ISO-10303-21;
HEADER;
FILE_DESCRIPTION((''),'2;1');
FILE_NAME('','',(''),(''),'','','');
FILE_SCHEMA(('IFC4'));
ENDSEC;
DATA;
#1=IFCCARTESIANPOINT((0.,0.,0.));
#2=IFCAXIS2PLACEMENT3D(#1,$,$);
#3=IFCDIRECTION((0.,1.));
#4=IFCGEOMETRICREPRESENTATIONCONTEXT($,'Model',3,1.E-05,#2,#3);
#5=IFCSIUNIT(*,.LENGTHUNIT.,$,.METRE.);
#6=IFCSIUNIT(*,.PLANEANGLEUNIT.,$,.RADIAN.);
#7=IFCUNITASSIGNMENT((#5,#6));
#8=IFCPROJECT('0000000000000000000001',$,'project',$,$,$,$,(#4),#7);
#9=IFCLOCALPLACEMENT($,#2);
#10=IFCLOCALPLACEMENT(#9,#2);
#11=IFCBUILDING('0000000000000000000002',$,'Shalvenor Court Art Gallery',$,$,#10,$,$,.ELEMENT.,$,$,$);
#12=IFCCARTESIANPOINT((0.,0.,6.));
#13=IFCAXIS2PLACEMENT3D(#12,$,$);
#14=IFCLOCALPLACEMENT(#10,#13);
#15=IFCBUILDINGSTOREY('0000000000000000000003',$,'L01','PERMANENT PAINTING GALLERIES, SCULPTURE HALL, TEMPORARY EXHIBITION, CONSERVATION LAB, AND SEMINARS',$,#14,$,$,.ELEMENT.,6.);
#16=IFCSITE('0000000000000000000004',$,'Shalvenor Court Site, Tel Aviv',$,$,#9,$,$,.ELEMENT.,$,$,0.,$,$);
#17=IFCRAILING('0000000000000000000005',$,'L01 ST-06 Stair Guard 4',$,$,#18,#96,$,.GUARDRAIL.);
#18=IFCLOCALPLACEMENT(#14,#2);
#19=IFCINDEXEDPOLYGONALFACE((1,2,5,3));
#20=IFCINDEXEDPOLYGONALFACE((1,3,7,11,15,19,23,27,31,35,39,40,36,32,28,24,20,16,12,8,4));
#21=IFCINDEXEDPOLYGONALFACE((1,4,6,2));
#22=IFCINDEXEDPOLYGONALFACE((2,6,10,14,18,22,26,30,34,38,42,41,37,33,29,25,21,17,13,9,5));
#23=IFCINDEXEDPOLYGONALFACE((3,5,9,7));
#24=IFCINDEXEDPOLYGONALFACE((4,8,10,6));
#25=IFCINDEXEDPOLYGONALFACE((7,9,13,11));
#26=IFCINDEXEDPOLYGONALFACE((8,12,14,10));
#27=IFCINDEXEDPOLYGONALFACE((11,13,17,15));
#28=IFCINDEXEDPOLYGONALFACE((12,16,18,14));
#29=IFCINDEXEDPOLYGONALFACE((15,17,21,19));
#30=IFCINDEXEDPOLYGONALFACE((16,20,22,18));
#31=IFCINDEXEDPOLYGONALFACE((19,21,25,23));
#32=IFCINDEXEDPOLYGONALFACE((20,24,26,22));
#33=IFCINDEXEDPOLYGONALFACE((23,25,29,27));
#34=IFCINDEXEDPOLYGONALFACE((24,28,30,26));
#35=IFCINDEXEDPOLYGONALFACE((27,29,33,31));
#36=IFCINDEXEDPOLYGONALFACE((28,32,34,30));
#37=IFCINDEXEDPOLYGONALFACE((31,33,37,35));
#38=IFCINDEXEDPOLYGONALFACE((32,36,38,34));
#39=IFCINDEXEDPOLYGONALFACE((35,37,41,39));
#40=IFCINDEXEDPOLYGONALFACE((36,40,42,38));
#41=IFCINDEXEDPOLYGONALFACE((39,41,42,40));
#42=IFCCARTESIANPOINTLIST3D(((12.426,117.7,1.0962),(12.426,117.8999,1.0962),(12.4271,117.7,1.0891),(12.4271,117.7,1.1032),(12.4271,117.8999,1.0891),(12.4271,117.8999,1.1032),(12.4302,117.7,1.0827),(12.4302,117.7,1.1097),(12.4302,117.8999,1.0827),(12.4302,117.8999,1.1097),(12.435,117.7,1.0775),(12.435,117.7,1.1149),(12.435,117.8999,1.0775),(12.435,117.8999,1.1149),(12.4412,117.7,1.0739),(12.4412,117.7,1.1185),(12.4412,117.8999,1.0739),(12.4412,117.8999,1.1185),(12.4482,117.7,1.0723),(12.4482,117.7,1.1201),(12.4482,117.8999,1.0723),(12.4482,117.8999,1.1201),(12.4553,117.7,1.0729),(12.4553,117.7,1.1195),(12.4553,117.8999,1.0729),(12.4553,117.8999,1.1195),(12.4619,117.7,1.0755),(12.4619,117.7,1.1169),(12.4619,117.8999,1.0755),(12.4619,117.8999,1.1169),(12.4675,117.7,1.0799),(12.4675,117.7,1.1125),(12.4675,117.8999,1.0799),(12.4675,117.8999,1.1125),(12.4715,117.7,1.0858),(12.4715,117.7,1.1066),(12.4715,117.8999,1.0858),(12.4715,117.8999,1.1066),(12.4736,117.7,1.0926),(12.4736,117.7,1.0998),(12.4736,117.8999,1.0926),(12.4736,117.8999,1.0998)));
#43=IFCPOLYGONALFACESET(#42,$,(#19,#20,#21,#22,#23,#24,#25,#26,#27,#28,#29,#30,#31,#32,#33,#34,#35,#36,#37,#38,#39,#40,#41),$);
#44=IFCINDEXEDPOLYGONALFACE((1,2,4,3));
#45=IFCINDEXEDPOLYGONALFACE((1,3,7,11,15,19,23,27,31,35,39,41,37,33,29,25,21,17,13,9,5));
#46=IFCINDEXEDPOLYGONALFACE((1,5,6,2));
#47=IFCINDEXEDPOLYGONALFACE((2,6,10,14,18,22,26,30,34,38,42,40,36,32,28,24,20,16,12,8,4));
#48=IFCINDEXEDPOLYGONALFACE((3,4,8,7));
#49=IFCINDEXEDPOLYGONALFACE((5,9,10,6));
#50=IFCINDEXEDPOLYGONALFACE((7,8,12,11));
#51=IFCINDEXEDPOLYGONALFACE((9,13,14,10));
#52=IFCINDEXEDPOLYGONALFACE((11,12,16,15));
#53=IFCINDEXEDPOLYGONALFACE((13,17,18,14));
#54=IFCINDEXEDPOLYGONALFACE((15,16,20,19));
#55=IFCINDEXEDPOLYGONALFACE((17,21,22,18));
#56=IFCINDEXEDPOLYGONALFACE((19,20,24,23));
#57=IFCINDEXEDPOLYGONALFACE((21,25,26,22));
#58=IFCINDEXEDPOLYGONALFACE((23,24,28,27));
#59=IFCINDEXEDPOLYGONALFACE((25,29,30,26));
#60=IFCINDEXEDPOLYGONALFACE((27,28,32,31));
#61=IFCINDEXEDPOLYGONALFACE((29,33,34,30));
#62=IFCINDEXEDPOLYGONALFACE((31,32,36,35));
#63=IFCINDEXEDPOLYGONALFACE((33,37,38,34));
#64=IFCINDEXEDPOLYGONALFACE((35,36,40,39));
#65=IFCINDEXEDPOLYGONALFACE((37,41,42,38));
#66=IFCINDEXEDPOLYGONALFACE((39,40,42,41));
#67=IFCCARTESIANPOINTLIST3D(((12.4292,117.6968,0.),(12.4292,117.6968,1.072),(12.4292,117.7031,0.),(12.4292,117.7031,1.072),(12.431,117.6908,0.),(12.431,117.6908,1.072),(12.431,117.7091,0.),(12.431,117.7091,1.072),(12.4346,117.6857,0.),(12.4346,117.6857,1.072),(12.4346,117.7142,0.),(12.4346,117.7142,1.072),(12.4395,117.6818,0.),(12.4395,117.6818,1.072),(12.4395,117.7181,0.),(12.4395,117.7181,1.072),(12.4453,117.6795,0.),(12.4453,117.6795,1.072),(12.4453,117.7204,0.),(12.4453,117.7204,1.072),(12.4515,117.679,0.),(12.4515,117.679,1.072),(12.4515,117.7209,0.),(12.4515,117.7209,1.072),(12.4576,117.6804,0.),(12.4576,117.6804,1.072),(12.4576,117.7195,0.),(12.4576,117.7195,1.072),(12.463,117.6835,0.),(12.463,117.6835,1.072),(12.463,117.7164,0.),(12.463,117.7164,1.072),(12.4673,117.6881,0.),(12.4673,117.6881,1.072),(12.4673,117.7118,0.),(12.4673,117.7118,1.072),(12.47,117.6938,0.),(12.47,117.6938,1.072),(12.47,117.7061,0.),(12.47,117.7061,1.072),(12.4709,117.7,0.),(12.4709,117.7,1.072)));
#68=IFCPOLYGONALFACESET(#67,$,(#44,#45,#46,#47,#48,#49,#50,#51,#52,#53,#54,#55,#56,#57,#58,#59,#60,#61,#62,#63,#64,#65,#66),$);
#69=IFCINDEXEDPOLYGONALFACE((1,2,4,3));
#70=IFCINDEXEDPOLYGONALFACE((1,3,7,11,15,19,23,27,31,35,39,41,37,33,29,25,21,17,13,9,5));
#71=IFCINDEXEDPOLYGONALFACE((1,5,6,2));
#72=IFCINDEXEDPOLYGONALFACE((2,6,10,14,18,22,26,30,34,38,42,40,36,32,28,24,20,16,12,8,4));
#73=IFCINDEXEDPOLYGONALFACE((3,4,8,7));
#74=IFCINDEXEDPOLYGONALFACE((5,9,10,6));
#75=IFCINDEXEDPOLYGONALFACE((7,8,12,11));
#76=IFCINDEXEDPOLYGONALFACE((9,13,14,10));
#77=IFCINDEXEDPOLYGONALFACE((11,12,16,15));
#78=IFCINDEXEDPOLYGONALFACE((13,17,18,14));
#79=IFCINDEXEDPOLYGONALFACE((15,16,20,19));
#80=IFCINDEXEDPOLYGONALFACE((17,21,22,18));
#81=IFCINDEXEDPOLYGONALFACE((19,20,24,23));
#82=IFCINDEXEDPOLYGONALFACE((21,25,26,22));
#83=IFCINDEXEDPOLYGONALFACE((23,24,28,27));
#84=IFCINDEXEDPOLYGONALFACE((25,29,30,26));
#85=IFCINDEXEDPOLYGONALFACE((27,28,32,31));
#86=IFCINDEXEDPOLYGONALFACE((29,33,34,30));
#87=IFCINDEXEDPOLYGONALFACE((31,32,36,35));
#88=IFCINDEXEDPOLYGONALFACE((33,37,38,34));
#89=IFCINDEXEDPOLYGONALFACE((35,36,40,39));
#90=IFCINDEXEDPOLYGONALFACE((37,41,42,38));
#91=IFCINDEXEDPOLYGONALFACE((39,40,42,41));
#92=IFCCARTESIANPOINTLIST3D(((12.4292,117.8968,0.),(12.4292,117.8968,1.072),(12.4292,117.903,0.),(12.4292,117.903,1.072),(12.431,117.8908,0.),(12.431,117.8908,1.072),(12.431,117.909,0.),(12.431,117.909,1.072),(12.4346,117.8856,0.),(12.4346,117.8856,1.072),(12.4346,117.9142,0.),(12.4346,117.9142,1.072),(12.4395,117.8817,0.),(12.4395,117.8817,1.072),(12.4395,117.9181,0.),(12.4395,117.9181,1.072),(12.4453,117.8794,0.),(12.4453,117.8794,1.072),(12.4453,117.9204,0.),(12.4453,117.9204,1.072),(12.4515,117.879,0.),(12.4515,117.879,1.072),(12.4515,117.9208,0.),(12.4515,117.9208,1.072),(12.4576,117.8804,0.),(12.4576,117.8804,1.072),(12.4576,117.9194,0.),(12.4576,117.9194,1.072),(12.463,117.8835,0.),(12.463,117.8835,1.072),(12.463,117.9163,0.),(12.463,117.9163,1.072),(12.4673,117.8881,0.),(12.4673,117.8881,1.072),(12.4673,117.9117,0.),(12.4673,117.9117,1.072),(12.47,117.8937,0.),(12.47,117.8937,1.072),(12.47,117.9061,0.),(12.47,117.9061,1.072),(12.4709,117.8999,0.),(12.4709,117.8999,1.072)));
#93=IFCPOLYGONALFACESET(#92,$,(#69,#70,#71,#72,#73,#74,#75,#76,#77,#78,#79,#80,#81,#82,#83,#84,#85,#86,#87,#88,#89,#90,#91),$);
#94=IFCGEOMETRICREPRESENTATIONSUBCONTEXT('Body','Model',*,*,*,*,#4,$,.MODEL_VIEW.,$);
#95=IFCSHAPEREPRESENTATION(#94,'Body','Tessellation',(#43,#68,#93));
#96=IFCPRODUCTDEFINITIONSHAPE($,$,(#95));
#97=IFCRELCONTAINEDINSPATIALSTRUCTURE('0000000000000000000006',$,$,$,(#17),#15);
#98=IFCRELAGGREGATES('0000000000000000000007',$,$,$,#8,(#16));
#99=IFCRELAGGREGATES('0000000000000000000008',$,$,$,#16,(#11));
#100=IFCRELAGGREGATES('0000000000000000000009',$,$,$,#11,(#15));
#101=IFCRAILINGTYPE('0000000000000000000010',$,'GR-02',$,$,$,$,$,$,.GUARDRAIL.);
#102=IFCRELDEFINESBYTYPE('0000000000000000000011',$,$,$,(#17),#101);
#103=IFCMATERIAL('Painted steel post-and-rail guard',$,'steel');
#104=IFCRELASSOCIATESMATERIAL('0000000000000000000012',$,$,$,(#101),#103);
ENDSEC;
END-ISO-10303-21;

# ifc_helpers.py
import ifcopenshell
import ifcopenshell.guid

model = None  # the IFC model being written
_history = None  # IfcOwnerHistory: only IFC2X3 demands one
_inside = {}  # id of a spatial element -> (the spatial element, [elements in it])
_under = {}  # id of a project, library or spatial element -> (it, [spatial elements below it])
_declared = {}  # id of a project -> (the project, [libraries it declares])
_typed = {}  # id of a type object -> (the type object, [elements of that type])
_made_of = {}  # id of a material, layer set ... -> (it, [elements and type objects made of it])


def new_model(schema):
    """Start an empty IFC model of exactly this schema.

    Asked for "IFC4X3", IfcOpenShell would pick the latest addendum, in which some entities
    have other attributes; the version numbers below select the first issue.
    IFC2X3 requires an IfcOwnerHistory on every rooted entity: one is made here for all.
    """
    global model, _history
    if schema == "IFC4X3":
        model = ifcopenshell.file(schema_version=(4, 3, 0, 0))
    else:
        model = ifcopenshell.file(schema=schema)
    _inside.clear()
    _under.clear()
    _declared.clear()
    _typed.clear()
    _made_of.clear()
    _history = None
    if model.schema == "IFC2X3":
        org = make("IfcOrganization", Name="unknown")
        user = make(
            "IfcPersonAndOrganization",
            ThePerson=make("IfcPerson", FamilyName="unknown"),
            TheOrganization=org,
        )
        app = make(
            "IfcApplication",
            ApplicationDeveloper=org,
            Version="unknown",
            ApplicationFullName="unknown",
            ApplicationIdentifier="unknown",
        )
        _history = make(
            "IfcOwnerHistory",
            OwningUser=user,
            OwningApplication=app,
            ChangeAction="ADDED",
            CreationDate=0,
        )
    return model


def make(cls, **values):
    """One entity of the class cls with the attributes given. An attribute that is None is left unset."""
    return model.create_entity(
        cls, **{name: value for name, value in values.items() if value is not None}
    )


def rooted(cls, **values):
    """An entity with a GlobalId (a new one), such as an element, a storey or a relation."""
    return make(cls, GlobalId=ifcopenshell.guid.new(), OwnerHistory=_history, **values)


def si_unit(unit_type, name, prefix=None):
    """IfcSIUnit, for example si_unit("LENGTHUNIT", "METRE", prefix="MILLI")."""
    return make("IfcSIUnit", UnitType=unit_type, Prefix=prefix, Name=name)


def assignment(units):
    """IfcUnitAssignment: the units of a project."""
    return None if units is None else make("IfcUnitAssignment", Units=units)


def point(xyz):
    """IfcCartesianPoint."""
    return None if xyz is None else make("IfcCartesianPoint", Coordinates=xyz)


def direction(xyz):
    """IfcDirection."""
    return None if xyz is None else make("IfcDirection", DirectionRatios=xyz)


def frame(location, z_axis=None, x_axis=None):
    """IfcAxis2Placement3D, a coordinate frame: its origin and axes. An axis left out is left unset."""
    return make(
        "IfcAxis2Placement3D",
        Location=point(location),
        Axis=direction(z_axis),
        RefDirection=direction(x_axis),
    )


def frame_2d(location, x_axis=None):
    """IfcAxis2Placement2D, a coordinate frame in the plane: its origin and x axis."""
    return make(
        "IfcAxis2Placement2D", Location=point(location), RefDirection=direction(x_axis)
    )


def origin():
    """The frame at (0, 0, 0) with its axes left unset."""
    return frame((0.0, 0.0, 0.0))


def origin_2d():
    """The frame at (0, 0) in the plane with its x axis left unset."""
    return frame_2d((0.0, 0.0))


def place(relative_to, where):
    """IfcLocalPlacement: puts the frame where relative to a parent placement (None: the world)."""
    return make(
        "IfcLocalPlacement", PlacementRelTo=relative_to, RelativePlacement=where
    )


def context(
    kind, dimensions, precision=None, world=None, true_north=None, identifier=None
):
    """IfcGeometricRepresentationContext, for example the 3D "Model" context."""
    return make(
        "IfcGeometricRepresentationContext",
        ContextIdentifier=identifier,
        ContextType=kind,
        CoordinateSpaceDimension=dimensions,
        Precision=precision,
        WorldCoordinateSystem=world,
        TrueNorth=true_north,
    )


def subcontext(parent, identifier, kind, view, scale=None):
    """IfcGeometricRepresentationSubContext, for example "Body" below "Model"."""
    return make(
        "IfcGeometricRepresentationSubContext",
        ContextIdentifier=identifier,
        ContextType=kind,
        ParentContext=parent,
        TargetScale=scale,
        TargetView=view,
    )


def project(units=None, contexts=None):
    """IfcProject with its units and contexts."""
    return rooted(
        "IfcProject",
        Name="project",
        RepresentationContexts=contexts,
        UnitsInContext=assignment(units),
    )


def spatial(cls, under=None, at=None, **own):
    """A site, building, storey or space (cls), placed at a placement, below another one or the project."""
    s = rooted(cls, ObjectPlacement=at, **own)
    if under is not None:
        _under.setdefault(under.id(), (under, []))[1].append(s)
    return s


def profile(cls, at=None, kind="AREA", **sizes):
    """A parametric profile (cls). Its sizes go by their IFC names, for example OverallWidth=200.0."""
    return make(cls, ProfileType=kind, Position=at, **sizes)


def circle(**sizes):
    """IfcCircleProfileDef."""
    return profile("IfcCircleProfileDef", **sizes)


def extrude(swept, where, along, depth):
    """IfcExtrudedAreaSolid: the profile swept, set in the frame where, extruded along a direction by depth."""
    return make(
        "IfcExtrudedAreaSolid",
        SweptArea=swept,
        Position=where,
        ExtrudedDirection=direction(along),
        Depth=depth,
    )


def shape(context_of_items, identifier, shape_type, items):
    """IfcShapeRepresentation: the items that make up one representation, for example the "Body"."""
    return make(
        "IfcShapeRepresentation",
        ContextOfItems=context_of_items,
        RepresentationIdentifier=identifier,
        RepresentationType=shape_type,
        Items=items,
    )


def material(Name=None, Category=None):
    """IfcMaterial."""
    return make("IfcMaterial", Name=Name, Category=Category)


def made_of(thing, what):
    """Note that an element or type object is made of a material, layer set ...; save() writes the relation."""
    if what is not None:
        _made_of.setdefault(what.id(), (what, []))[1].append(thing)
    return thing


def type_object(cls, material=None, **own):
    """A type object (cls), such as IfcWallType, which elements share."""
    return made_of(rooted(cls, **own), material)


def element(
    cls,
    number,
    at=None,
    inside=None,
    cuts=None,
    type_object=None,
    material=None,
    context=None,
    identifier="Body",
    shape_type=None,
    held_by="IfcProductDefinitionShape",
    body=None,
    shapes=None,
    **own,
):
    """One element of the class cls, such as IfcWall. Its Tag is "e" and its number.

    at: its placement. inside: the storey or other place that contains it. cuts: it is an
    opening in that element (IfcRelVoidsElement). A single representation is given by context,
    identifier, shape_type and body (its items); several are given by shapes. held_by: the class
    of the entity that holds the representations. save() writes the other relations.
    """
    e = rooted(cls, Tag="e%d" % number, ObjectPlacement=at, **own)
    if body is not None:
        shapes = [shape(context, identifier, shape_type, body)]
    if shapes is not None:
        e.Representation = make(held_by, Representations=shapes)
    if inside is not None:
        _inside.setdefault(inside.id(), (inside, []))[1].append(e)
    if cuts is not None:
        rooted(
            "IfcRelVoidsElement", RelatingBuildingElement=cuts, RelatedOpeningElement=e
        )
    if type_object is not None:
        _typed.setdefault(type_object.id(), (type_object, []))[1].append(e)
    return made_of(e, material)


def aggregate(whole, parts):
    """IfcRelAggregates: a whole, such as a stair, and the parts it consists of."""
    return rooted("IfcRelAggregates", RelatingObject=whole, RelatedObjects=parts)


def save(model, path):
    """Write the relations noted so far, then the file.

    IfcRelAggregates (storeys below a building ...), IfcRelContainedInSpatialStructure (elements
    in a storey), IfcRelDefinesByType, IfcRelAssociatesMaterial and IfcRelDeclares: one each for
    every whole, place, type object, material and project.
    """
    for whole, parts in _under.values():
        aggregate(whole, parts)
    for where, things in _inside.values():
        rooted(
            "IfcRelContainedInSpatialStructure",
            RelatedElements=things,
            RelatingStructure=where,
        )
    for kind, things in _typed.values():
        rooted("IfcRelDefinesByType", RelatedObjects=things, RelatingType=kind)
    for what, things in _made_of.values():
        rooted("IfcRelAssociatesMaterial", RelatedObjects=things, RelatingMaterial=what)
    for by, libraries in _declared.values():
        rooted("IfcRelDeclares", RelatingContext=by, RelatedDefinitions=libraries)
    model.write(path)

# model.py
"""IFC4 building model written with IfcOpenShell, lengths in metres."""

from ifc_helpers import new_model, si_unit, direction, frame, origin, origin_2d, place, context, subcontext, project, spatial, circle, extrude, material, type_object, element, save


model = new_model("IFC4")

# Units and contexts
model_context = context("Model", 3, precision=1e-05, world=origin(), true_north=direction((0.0, 1.0)))
body_context = subcontext(model_context, "Body", "Model", "MODEL_VIEW")
ifc_project = project(units=[si_unit("LENGTHUNIT", "METRE"), si_unit("PLANEANGLEUNIT", "RADIAN")], contexts=[model_context])

# Site, building, storey
site_placement = place(None, origin())
site = spatial("IfcSite", under=ifc_project, at=site_placement, Name="Shalvenor Court Site, Tel Aviv", CompositionType="ELEMENT", RefElevation=0.0)
building_placement = place(site_placement, origin())
building = spatial("IfcBuilding", under=site, at=building_placement, Name="Shalvenor Court Art Gallery", CompositionType="ELEMENT")
storey_placement = place(building_placement, frame((0.0, 0.0, 6.0)))
storey = spatial("IfcBuildingStorey", under=building, at=storey_placement, Name="L01", Description="PERMANENT PAINTING GALLERIES, SCULPTURE HALL, TEMPORARY EXHIBITION, CONSERVATION LAB, AND SEMINARS", CompositionType="ELEMENT", Elevation=6.0)

# Railing
ifc_material_1 = material(Name="Painted steel post-and-rail guard", Category="steel")
railing_type_1 = type_object("IfcRailingType", Name="GR-02", PredefinedType="GUARDRAIL", material=ifc_material_1)
railing_1_placement = place(storey_placement, frame((12.45, 117.7, 0.0)))
element("IfcRailing", 1, at=railing_1_placement, inside=storey, type_object=railing_type_1, Name="L01 ST-06 Stair Guard 4", PredefinedType="GUARDRAIL", context=body_context, shape_type="SweptSolid", body=[
    extrude(circle(Radius=0.0239, at=origin_2d()), frame((0.0, 0.0, 1.0962), z_axis=(0.0, 1.0, 0.0), x_axis=(-1.0, 0.0, 0.0)), (0.0, 0.0, 1.0), 0.2),
    extrude(circle(Radius=0.021, at=origin_2d()), origin(), (0.0, 0.0, 1.0), 1.072),
    extrude(circle(Radius=0.021, at=origin_2d()), frame((0.0, 0.2, 0.0)), (0.0, 0.0, 1.0), 1.072),
])

save(model, "model.ifc")
